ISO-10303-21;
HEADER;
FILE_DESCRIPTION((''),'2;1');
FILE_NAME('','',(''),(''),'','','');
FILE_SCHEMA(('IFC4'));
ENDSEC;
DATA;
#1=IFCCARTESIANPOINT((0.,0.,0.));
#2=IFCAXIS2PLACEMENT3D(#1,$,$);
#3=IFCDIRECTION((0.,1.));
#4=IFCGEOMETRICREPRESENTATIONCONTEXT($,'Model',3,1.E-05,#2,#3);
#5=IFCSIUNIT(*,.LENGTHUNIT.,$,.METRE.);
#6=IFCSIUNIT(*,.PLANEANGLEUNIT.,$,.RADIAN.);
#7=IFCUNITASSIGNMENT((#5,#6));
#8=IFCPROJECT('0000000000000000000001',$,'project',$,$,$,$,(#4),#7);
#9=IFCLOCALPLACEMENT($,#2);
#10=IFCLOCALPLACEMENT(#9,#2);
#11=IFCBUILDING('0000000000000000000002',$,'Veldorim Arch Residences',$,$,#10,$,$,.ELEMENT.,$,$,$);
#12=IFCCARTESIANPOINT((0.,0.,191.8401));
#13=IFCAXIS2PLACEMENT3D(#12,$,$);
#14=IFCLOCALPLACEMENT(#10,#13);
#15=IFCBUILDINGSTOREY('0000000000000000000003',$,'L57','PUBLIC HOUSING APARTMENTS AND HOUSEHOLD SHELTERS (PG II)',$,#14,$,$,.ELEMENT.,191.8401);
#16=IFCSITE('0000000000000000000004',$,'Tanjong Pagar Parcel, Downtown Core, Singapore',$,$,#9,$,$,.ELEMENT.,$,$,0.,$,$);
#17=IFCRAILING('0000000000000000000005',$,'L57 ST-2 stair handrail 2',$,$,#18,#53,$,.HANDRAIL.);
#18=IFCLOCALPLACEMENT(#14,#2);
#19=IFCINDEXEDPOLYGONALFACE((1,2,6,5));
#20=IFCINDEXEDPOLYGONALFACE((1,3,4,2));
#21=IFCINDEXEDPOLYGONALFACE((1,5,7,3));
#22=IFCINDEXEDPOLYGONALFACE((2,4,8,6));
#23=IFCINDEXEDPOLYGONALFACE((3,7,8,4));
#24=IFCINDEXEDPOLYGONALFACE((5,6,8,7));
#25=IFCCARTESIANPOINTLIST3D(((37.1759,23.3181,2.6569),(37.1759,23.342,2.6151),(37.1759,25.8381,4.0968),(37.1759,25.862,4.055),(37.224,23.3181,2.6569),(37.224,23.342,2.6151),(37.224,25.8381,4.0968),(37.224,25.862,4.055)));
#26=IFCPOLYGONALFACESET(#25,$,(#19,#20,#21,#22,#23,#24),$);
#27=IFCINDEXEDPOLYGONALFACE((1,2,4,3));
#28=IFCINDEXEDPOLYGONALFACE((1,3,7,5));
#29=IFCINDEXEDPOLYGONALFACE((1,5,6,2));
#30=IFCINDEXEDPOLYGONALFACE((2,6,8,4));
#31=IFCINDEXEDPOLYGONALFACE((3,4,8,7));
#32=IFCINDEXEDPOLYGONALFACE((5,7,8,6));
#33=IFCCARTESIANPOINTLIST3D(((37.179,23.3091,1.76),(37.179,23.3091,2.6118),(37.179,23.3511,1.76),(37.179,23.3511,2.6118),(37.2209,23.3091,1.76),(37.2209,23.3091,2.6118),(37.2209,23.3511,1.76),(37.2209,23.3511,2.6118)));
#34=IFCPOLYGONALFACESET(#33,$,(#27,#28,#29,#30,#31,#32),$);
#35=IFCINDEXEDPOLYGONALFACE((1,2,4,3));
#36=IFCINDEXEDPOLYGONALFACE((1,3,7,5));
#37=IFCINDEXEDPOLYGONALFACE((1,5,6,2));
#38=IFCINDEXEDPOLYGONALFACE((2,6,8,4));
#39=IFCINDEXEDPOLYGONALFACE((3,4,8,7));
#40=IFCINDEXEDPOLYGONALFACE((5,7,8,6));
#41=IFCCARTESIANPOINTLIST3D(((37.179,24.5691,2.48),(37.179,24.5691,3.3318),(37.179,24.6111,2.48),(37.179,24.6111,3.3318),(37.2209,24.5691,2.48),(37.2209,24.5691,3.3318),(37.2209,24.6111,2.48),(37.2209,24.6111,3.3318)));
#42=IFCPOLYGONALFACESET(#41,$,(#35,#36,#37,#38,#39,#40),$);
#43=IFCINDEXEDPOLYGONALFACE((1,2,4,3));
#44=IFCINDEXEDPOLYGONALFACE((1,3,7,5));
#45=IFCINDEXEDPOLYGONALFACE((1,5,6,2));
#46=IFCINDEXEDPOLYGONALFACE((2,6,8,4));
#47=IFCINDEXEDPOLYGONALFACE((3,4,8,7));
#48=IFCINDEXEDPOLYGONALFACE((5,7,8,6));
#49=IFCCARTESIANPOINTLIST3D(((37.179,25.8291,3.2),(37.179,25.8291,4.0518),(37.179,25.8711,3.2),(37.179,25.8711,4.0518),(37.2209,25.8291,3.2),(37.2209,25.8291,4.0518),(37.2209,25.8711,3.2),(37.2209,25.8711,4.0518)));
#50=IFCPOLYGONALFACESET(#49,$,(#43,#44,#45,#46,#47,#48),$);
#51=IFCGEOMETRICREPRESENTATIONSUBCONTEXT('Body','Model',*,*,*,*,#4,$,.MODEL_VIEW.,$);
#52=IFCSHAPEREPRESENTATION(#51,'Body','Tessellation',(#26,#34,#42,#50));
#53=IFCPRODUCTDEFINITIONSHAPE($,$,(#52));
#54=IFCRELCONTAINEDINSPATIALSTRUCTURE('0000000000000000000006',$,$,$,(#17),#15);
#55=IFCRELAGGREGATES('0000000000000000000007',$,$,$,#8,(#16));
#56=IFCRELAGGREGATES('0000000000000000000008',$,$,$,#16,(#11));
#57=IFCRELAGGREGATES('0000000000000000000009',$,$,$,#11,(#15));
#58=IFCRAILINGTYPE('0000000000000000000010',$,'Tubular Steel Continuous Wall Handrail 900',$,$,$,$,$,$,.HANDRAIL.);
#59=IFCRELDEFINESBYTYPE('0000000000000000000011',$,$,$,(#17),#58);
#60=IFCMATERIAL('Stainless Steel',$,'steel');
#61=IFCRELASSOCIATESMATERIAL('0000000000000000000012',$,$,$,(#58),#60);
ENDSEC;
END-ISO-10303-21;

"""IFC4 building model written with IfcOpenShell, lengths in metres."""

from ifc_helpers import new_model, si_unit, direction, frame, origin, origin_2d, place, context, subcontext, project, spatial, rectangle, extrude, material, type_object, element, save


model = new_model("IFC4")

# Units and contexts
model_context = context("Model", 3, precision=1e-05, world=origin(), true_north=direction((0.0, 1.0)))
body_context = subcontext(model_context, "Body", "Model", "MODEL_VIEW")
ifc_project = project(units=[si_unit("LENGTHUNIT", "METRE"), si_unit("PLANEANGLEUNIT", "RADIAN")], contexts=[model_context])

# Site, building, storey
site_placement = place(None, origin())
site = spatial("IfcSite", under=ifc_project, at=site_placement, Name="Tanjong Pagar Parcel, Downtown Core, Singapore", CompositionType="ELEMENT", RefElevation=0.0)
building_placement = place(site_placement, origin())
building = spatial("IfcBuilding", under=site, at=building_placement, Name="Veldorim Arch Residences", CompositionType="ELEMENT")
storey_placement = place(building_placement, frame((0.0, 0.0, 191.8401)))
storey = spatial("IfcBuildingStorey", under=building, at=storey_placement, Name="L57", Description="PUBLIC HOUSING APARTMENTS AND HOUSEHOLD SHELTERS (PG II)", CompositionType="ELEMENT", Elevation=191.8401)

# Railing
ifc_material_1 = material(Name="Stainless Steel", Category="steel")
railing_type_1 = type_object("IfcRailingType", Name="Tubular Steel Continuous Wall Handrail 900", PredefinedType="HANDRAIL", material=ifc_material_1)
railing_1_placement = place(storey_placement, frame((37.2, 23.3301, 1.76)))
element("IfcRailing", 1, at=railing_1_placement, inside=storey, type_object=railing_type_1, Name="L57 ST-2 stair handrail 2", PredefinedType="HANDRAIL", context=body_context, shape_type="SweptSolid", body=[
    extrude(rectangle(XDim=0.0481, YDim=0.0481, at=origin_2d()), frame((0.0, 0.0, 0.876), z_axis=(0.0, 0.868253, 0.496121), x_axis=(-1.0, 0.0, 0.0)), (0.0, 0.0, 1.0), 2.9023),
    extrude(rectangle(XDim=0.042, YDim=0.042, at=origin_2d()), origin(), (0.0, 0.0, 1.0), 0.8518),
    extrude(rectangle(XDim=0.042, YDim=0.042, at=origin_2d()), frame((0.0, 1.26, 0.72)), (0.0, 0.0, 1.0), 0.8518),
    extrude(rectangle(XDim=0.042, YDim=0.042, at=origin_2d()), frame((0.0, 2.52, 1.4399)), (0.0, 0.0, 1.0), 0.8518),
])

save(model, "model.ifc")
